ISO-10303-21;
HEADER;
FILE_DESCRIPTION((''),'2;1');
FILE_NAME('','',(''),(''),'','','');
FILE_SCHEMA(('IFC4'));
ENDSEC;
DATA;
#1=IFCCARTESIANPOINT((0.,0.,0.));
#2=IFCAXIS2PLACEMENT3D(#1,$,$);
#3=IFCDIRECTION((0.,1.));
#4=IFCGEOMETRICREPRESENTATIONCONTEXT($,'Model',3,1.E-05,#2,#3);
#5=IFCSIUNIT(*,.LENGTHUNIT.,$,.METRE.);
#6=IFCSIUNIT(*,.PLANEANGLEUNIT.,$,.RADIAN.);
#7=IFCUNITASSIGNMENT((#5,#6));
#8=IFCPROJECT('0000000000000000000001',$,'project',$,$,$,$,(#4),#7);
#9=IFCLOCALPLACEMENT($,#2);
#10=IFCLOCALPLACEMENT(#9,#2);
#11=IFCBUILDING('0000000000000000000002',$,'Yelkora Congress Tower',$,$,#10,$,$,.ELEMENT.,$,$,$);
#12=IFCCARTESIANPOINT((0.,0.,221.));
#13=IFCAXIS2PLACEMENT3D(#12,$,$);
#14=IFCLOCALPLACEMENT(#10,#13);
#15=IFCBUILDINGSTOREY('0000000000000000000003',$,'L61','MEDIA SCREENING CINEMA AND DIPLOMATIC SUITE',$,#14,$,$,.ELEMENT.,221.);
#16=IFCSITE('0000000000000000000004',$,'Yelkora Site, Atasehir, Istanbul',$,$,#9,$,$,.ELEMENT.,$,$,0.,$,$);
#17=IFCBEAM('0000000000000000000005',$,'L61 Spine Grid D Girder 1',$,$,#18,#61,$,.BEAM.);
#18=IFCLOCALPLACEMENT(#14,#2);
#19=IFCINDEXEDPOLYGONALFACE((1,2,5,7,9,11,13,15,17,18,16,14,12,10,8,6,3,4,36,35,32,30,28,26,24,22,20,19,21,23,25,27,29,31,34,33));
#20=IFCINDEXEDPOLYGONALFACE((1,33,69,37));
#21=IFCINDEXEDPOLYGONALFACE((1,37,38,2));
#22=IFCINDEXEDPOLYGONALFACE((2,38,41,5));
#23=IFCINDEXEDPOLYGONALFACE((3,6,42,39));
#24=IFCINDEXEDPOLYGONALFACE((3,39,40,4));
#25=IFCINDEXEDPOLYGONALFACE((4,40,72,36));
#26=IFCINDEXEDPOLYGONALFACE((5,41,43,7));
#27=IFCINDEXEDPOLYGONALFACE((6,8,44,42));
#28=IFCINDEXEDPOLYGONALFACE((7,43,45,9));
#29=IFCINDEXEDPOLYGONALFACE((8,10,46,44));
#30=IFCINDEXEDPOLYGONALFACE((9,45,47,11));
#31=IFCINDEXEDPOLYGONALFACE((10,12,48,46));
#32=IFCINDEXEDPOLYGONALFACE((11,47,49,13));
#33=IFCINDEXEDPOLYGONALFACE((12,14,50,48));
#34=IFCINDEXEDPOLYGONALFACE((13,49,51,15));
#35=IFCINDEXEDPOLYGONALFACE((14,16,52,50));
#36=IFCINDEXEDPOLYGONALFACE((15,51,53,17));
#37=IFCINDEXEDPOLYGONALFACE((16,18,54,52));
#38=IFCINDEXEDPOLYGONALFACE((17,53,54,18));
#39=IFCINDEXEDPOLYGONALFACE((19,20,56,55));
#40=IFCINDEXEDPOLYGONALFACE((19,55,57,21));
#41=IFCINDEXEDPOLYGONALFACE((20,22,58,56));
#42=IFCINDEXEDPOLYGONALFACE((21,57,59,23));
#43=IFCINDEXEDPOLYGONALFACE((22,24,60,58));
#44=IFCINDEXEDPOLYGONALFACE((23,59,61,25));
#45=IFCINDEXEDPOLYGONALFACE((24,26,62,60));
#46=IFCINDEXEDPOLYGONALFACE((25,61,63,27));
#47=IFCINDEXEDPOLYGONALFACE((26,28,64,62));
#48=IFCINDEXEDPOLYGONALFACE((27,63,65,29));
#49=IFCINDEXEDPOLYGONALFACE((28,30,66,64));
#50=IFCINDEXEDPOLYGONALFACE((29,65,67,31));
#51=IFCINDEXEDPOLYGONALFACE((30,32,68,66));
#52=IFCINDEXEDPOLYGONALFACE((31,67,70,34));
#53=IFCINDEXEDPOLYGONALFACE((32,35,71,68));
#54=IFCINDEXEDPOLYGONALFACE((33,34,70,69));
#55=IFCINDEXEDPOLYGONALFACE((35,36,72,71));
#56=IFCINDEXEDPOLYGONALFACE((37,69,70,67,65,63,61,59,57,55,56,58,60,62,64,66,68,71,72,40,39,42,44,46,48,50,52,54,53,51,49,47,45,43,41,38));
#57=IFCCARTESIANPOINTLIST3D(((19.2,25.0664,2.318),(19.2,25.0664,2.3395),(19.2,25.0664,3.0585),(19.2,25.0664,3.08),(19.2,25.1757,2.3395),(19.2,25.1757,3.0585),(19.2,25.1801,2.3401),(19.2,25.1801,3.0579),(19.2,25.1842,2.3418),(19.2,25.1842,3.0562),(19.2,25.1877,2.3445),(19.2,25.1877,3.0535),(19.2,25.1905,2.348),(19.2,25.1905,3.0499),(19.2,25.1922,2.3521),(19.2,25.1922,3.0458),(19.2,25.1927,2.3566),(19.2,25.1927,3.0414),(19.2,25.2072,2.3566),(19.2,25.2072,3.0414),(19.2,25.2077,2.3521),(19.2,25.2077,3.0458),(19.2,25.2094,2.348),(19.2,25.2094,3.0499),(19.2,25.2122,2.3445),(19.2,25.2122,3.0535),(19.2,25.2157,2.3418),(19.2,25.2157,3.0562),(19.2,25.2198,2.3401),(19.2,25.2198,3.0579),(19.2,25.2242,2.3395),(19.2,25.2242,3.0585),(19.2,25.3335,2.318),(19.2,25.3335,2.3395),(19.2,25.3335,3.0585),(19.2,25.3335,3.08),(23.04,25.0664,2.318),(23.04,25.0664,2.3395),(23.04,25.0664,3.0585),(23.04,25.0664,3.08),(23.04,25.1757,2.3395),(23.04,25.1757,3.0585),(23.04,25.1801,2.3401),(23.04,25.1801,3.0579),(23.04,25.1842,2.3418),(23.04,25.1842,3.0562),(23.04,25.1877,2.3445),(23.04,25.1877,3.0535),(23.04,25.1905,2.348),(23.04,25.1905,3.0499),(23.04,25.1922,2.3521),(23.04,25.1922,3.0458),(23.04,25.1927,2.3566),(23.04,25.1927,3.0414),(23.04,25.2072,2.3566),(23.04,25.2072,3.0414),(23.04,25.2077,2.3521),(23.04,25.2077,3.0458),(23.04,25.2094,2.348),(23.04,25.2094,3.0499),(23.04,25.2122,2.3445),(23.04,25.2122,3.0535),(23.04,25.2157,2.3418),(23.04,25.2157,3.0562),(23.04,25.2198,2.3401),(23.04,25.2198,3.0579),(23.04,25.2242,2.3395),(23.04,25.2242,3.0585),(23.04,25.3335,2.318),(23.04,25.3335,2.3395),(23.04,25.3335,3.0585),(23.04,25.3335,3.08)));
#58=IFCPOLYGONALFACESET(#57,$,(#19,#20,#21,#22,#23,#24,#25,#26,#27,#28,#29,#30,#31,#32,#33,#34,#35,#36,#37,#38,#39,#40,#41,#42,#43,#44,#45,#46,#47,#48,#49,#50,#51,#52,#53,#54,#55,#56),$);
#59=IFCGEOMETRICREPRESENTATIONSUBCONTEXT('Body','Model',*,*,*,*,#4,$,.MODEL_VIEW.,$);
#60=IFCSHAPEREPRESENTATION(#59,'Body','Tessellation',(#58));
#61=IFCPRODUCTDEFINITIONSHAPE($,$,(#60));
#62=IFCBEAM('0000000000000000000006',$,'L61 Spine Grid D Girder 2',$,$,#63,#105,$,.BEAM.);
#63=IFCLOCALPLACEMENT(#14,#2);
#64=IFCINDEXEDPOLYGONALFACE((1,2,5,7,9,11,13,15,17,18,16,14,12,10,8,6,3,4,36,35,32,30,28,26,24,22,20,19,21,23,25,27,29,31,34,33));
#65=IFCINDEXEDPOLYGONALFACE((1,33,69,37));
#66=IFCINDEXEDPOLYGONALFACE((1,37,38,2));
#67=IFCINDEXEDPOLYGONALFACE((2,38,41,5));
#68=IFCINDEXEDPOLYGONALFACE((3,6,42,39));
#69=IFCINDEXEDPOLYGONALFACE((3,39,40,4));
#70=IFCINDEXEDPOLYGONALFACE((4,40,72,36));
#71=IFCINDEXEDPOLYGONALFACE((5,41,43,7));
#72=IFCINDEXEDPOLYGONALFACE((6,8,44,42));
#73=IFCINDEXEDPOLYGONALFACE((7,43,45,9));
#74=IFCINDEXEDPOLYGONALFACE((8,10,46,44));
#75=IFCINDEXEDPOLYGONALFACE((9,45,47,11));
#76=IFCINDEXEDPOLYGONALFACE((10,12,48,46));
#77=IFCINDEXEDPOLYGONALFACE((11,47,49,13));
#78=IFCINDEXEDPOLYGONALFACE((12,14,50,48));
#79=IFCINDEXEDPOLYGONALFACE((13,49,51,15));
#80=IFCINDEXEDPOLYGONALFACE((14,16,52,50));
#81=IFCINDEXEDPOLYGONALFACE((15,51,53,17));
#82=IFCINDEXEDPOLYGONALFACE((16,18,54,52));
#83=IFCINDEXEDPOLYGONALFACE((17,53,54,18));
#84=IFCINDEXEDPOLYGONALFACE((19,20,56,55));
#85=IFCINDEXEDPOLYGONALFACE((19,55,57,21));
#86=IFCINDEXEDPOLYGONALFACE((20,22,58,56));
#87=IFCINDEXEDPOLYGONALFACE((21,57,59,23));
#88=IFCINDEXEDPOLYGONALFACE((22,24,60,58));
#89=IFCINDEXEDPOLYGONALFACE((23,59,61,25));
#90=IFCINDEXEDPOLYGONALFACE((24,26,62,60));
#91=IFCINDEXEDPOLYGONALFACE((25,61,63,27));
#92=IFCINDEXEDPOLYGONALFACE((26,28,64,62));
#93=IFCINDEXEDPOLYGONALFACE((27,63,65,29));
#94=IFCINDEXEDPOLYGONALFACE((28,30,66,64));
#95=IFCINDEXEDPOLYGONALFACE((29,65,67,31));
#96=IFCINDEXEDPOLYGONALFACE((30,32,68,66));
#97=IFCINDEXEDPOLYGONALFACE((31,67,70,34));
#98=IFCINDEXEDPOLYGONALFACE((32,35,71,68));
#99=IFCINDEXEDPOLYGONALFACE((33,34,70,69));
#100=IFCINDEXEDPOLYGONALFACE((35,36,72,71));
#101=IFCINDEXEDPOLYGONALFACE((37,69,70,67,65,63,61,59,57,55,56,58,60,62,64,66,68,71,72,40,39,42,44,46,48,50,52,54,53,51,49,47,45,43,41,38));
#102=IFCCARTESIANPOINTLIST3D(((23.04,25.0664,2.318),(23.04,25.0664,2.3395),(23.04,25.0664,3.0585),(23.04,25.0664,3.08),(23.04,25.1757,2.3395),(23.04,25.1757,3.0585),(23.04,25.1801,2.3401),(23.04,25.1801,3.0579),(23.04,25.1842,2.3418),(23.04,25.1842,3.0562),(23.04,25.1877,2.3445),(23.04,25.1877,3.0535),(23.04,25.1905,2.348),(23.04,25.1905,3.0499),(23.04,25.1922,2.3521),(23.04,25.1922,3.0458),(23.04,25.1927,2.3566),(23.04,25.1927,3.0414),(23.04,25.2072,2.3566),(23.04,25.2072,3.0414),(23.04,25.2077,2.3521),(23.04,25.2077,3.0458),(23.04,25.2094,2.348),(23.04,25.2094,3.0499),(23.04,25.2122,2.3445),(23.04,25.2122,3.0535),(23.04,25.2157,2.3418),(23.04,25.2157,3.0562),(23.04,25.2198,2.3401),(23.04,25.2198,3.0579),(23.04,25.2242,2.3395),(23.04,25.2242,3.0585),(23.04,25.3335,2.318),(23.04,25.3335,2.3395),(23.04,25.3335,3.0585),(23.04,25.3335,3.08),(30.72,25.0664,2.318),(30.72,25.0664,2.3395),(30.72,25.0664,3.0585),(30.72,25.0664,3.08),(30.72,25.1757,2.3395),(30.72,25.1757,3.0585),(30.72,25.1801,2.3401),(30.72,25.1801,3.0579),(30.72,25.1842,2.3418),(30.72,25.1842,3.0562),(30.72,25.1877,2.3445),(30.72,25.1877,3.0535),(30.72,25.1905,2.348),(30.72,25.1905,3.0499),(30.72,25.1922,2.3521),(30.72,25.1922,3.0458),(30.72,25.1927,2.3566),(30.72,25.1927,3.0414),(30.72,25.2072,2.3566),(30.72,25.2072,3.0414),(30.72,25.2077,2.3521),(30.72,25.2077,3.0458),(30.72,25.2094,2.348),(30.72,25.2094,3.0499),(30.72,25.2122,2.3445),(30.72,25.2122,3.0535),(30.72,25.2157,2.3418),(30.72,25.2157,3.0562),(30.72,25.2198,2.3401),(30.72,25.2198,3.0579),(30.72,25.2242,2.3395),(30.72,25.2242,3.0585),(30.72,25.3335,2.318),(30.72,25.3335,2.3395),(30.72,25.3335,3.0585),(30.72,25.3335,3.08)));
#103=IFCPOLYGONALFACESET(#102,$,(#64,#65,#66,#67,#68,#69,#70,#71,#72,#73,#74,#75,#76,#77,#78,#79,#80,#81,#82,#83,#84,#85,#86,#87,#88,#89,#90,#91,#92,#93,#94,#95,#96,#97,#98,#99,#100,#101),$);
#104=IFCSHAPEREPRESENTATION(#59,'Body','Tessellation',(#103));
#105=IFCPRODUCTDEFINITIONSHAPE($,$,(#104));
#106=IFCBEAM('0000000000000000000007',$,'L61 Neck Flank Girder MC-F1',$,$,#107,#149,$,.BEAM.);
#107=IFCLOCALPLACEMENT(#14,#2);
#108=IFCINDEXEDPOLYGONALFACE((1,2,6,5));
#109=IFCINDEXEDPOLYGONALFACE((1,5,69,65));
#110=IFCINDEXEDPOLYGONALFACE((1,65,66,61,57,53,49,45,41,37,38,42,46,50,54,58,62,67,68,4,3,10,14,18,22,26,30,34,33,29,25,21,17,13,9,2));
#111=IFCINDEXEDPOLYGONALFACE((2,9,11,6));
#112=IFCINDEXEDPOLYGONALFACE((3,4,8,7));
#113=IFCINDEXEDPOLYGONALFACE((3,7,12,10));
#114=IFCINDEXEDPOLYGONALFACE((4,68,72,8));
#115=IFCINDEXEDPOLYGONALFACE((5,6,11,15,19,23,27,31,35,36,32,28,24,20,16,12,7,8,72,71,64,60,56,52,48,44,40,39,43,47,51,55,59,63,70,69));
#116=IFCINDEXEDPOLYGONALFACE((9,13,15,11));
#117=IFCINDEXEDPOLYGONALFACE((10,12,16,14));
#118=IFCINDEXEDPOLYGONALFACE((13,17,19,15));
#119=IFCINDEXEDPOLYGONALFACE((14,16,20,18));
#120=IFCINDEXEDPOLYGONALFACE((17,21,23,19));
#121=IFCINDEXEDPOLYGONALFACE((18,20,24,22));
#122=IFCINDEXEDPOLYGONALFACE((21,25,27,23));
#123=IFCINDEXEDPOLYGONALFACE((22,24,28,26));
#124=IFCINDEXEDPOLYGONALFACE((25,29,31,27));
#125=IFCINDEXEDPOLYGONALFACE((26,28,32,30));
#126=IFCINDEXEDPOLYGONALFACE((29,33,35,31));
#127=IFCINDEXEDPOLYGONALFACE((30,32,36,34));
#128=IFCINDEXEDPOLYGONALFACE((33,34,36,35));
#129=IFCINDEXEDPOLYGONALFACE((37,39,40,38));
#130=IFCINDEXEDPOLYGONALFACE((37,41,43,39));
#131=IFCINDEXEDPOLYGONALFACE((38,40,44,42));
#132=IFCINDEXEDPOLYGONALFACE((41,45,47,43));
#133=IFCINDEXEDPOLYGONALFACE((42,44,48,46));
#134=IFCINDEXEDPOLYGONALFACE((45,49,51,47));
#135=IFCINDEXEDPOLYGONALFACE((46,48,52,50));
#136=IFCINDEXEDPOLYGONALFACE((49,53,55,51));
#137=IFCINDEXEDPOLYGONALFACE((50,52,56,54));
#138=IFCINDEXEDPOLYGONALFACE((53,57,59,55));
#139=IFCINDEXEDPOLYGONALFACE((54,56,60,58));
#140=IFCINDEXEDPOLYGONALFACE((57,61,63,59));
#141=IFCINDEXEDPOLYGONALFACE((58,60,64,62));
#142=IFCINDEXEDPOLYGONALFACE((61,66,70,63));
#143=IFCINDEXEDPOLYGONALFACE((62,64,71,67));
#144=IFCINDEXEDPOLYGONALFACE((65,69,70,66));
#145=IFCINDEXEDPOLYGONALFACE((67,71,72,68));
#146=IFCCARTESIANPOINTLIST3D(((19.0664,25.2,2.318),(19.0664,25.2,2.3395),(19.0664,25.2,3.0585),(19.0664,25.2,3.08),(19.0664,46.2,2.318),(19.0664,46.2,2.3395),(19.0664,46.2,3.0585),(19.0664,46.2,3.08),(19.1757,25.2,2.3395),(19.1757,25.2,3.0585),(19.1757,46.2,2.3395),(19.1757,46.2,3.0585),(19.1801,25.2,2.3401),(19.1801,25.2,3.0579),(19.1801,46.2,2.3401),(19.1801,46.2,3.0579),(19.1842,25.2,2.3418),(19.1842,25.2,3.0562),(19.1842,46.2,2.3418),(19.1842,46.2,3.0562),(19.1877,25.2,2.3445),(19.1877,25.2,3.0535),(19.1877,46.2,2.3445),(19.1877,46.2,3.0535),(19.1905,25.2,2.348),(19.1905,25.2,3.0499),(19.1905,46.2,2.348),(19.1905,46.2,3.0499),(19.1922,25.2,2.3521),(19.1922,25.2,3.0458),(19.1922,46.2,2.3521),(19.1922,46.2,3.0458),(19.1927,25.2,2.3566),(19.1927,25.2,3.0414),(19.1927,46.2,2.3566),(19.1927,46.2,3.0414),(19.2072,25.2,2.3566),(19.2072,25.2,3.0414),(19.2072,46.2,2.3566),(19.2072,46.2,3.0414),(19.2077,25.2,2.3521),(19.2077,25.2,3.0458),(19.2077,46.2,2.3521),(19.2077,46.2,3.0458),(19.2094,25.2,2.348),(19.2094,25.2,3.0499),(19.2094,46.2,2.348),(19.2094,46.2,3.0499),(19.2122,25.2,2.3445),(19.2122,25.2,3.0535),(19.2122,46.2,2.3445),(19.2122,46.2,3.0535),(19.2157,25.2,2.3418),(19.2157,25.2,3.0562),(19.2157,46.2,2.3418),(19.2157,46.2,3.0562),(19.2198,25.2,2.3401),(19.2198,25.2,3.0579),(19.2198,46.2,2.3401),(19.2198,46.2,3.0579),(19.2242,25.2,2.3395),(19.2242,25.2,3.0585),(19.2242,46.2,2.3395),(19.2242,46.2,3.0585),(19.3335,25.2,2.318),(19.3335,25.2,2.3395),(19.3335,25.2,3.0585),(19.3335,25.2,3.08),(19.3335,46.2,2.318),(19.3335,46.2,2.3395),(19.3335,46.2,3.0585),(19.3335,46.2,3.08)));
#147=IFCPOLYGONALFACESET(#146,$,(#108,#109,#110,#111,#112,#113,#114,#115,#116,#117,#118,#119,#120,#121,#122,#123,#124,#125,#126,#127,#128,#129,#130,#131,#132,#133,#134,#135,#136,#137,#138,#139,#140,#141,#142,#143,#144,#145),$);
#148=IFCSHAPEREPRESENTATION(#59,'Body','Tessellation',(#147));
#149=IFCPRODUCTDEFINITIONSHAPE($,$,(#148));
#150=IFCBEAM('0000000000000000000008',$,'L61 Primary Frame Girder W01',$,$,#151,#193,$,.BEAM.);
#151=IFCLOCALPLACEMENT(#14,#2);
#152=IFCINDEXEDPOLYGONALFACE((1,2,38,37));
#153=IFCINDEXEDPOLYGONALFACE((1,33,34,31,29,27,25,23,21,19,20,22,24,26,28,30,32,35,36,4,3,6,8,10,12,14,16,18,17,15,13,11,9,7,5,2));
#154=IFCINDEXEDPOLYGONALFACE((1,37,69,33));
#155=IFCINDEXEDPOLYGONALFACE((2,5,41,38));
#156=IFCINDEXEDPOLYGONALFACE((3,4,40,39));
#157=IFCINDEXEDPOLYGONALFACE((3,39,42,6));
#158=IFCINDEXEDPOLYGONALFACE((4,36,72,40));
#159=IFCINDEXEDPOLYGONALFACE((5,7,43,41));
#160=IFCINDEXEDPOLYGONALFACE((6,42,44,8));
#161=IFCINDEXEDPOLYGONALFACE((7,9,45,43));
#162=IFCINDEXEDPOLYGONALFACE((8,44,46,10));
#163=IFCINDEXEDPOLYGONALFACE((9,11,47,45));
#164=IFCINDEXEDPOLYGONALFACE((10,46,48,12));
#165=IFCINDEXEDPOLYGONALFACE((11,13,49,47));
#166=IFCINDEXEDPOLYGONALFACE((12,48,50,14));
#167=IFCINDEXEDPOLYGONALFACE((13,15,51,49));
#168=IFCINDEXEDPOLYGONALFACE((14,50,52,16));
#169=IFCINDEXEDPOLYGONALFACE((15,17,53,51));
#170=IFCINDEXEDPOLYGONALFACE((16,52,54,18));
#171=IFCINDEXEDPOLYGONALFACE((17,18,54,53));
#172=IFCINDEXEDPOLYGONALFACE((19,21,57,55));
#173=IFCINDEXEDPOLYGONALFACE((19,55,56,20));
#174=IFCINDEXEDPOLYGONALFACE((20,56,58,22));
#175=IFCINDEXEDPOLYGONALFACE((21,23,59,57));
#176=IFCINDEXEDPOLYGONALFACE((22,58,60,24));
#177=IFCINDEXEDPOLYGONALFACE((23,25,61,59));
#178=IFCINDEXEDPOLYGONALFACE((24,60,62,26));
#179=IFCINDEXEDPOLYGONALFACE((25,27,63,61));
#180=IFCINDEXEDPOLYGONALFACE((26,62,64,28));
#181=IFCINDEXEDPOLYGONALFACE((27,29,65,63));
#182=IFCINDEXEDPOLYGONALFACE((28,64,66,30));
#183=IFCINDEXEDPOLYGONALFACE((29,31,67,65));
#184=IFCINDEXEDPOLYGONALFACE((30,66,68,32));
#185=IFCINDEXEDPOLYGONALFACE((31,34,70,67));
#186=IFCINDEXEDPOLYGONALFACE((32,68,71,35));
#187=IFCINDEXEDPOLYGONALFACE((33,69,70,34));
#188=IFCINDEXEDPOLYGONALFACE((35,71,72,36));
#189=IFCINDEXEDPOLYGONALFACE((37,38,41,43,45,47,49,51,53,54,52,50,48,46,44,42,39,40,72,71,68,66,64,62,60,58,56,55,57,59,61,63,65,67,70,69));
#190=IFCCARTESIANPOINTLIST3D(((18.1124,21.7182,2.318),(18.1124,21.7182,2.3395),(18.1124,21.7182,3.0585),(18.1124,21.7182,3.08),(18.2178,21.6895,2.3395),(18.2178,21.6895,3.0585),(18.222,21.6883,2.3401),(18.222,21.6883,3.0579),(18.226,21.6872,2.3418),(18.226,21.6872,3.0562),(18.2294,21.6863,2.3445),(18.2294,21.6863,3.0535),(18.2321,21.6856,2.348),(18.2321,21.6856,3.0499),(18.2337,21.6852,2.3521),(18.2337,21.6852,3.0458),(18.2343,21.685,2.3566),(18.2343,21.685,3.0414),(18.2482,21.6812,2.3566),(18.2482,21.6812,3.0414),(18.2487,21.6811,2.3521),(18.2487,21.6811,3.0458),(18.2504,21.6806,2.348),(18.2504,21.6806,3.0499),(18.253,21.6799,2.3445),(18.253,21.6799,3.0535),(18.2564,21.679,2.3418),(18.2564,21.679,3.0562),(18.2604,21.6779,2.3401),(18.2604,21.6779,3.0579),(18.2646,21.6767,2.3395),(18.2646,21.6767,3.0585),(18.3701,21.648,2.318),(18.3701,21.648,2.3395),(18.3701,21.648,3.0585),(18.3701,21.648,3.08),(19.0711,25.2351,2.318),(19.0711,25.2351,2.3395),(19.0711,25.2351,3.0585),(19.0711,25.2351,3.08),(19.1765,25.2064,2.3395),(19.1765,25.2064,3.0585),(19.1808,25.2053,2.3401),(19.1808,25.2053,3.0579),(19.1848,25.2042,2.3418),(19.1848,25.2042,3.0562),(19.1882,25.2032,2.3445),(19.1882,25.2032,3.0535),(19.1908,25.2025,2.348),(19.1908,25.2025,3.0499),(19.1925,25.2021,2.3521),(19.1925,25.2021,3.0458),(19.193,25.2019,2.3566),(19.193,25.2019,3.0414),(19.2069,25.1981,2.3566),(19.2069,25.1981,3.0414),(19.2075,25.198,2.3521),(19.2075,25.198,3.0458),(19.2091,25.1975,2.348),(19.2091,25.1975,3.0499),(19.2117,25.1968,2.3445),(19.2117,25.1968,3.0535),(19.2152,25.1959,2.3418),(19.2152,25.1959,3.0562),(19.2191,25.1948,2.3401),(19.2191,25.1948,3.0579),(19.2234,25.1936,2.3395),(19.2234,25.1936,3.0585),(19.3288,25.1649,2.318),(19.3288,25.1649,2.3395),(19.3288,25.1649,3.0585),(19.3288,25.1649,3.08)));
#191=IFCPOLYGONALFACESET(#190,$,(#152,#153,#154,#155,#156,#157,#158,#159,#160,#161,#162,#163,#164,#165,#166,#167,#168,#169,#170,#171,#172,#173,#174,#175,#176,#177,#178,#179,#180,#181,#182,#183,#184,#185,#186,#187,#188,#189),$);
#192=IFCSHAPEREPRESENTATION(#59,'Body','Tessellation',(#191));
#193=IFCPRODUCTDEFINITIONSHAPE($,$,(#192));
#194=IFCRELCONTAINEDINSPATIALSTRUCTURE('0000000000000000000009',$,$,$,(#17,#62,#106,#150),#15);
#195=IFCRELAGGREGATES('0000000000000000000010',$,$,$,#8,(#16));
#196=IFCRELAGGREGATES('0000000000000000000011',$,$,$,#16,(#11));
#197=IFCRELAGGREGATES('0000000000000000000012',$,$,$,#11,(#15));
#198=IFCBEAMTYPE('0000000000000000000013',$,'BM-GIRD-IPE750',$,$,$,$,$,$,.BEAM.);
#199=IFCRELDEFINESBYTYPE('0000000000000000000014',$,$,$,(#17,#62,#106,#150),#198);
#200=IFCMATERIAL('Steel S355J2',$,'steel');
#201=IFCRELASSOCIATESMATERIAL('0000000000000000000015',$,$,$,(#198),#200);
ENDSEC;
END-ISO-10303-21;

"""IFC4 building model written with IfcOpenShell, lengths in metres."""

from ifc_helpers import new_model, si_unit, direction, frame, origin, origin_2d, place, context, subcontext, project, spatial, i_section, extrude, material, material_profile, profile_set, type_object, element, save


model = new_model("IFC4")

# Units and contexts
model_context = context("Model", 3, precision=1e-05, world=origin(), true_north=direction((0.0, 1.0)))
body_context = subcontext(model_context, "Body", "Model", "MODEL_VIEW")
ifc_project = project(units=[si_unit("LENGTHUNIT", "METRE"), si_unit("PLANEANGLEUNIT", "RADIAN")], contexts=[model_context])

# Site, building, storey
site_placement = place(None, origin())
site = spatial("IfcSite", under=ifc_project, at=site_placement, Name="Yelkora Site, Atasehir, Istanbul", CompositionType="ELEMENT", RefElevation=0.0)
building_placement = place(site_placement, origin())
building = spatial("IfcBuilding", under=site, at=building_placement, Name="Yelkora Congress Tower", CompositionType="ELEMENT")
storey_placement = place(building_placement, frame((0.0, 0.0, 221.0)))
storey = spatial("IfcBuildingStorey", under=building, at=storey_placement, Name="L61", Description="MEDIA SCREENING CINEMA AND DIPLOMATIC SUITE", CompositionType="ELEMENT", Elevation=221.0)

# Shared definitions
ifc_material_1 = material(Name="Steel S355J2", Category="steel")

# Beams
ifc_material_profile_1 = material_profile(ifc_material_1, i_section(OverallWidth=0.2671, OverallDepth=0.762, WebThickness=0.0144, FlangeThickness=0.0215, FilletRadius=0.0171, at=origin_2d()), Name="IPE 750x173")
ifc_profile_set_1 = profile_set([ifc_material_profile_1], Name="Steel S355J2")
beam_type_1 = type_object("IfcBeamType", Name="BM-GIRD-IPE750", PredefinedType="BEAM", material=ifc_profile_set_1)
beam_1_placement = place(storey_placement, frame((19.2, 25.2, 2.699), z_axis=(1.0, 0.0, 0.0), x_axis=(0.0, 1.0, 0.0)))
element("IfcBeam", 1, at=beam_1_placement, inside=storey, type_object=beam_type_1, Name="L61 Spine Grid D Girder 1", PredefinedType="BEAM", context=body_context, shape_type="SweptSolid", body=[
    extrude(i_section(OverallWidth=0.2671, OverallDepth=0.762, WebThickness=0.0144, FlangeThickness=0.0215, FilletRadius=0.0171, at=origin_2d()), origin(), (0.0, 0.0, 1.0), 3.8401),
])
beam_2_placement = place(storey_placement, frame((23.04, 25.2, 2.699), z_axis=(1.0, 0.0, 0.0), x_axis=(0.0, 1.0, 0.0)))
element("IfcBeam", 2, at=beam_2_placement, inside=storey, type_object=beam_type_1, Name="L61 Spine Grid D Girder 2", PredefinedType="BEAM", context=body_context, shape_type="SweptSolid", body=[
    extrude(i_section(OverallWidth=0.2671, OverallDepth=0.762, WebThickness=0.0144, FlangeThickness=0.0215, FilletRadius=0.0171, at=origin_2d()), origin(), (0.0, 0.0, 1.0), 7.6799),
])
beam_3_placement = place(storey_placement, frame((19.2, 25.2, 2.699), z_axis=(0.0, 1.0, 0.0), x_axis=(-1.0, 0.0, 0.0)))
element("IfcBeam", 3, at=beam_3_placement, inside=storey, type_object=beam_type_1, Name="L61 Neck Flank Girder MC-F1", PredefinedType="BEAM", context=body_context, shape_type="SweptSolid", body=[
    extrude(i_section(OverallWidth=0.2671, OverallDepth=0.762, WebThickness=0.0144, FlangeThickness=0.0215, FilletRadius=0.0171, at=origin_2d()), origin(), (0.0, 0.0, 1.0), 21.0),
])
beam_4_placement = place(storey_placement, frame((18.2412, 21.6831, 2.699), z_axis=(0.263015, 0.964792, 0.0), x_axis=(-0.964792, 0.263015, 0.0)))
element("IfcBeam", 4, at=beam_4_placement, inside=storey, type_object=beam_type_1, Name="L61 Primary Frame Girder W01", PredefinedType="BEAM", context=body_context, shape_type="SweptSolid", body=[
    extrude(i_section(OverallWidth=0.2671, OverallDepth=0.762, WebThickness=0.0144, FlangeThickness=0.0215, FilletRadius=0.0171, at=origin_2d()), origin(), (0.0, 0.0, 1.0), 3.6453),
])

save(model, "model.ifc")
